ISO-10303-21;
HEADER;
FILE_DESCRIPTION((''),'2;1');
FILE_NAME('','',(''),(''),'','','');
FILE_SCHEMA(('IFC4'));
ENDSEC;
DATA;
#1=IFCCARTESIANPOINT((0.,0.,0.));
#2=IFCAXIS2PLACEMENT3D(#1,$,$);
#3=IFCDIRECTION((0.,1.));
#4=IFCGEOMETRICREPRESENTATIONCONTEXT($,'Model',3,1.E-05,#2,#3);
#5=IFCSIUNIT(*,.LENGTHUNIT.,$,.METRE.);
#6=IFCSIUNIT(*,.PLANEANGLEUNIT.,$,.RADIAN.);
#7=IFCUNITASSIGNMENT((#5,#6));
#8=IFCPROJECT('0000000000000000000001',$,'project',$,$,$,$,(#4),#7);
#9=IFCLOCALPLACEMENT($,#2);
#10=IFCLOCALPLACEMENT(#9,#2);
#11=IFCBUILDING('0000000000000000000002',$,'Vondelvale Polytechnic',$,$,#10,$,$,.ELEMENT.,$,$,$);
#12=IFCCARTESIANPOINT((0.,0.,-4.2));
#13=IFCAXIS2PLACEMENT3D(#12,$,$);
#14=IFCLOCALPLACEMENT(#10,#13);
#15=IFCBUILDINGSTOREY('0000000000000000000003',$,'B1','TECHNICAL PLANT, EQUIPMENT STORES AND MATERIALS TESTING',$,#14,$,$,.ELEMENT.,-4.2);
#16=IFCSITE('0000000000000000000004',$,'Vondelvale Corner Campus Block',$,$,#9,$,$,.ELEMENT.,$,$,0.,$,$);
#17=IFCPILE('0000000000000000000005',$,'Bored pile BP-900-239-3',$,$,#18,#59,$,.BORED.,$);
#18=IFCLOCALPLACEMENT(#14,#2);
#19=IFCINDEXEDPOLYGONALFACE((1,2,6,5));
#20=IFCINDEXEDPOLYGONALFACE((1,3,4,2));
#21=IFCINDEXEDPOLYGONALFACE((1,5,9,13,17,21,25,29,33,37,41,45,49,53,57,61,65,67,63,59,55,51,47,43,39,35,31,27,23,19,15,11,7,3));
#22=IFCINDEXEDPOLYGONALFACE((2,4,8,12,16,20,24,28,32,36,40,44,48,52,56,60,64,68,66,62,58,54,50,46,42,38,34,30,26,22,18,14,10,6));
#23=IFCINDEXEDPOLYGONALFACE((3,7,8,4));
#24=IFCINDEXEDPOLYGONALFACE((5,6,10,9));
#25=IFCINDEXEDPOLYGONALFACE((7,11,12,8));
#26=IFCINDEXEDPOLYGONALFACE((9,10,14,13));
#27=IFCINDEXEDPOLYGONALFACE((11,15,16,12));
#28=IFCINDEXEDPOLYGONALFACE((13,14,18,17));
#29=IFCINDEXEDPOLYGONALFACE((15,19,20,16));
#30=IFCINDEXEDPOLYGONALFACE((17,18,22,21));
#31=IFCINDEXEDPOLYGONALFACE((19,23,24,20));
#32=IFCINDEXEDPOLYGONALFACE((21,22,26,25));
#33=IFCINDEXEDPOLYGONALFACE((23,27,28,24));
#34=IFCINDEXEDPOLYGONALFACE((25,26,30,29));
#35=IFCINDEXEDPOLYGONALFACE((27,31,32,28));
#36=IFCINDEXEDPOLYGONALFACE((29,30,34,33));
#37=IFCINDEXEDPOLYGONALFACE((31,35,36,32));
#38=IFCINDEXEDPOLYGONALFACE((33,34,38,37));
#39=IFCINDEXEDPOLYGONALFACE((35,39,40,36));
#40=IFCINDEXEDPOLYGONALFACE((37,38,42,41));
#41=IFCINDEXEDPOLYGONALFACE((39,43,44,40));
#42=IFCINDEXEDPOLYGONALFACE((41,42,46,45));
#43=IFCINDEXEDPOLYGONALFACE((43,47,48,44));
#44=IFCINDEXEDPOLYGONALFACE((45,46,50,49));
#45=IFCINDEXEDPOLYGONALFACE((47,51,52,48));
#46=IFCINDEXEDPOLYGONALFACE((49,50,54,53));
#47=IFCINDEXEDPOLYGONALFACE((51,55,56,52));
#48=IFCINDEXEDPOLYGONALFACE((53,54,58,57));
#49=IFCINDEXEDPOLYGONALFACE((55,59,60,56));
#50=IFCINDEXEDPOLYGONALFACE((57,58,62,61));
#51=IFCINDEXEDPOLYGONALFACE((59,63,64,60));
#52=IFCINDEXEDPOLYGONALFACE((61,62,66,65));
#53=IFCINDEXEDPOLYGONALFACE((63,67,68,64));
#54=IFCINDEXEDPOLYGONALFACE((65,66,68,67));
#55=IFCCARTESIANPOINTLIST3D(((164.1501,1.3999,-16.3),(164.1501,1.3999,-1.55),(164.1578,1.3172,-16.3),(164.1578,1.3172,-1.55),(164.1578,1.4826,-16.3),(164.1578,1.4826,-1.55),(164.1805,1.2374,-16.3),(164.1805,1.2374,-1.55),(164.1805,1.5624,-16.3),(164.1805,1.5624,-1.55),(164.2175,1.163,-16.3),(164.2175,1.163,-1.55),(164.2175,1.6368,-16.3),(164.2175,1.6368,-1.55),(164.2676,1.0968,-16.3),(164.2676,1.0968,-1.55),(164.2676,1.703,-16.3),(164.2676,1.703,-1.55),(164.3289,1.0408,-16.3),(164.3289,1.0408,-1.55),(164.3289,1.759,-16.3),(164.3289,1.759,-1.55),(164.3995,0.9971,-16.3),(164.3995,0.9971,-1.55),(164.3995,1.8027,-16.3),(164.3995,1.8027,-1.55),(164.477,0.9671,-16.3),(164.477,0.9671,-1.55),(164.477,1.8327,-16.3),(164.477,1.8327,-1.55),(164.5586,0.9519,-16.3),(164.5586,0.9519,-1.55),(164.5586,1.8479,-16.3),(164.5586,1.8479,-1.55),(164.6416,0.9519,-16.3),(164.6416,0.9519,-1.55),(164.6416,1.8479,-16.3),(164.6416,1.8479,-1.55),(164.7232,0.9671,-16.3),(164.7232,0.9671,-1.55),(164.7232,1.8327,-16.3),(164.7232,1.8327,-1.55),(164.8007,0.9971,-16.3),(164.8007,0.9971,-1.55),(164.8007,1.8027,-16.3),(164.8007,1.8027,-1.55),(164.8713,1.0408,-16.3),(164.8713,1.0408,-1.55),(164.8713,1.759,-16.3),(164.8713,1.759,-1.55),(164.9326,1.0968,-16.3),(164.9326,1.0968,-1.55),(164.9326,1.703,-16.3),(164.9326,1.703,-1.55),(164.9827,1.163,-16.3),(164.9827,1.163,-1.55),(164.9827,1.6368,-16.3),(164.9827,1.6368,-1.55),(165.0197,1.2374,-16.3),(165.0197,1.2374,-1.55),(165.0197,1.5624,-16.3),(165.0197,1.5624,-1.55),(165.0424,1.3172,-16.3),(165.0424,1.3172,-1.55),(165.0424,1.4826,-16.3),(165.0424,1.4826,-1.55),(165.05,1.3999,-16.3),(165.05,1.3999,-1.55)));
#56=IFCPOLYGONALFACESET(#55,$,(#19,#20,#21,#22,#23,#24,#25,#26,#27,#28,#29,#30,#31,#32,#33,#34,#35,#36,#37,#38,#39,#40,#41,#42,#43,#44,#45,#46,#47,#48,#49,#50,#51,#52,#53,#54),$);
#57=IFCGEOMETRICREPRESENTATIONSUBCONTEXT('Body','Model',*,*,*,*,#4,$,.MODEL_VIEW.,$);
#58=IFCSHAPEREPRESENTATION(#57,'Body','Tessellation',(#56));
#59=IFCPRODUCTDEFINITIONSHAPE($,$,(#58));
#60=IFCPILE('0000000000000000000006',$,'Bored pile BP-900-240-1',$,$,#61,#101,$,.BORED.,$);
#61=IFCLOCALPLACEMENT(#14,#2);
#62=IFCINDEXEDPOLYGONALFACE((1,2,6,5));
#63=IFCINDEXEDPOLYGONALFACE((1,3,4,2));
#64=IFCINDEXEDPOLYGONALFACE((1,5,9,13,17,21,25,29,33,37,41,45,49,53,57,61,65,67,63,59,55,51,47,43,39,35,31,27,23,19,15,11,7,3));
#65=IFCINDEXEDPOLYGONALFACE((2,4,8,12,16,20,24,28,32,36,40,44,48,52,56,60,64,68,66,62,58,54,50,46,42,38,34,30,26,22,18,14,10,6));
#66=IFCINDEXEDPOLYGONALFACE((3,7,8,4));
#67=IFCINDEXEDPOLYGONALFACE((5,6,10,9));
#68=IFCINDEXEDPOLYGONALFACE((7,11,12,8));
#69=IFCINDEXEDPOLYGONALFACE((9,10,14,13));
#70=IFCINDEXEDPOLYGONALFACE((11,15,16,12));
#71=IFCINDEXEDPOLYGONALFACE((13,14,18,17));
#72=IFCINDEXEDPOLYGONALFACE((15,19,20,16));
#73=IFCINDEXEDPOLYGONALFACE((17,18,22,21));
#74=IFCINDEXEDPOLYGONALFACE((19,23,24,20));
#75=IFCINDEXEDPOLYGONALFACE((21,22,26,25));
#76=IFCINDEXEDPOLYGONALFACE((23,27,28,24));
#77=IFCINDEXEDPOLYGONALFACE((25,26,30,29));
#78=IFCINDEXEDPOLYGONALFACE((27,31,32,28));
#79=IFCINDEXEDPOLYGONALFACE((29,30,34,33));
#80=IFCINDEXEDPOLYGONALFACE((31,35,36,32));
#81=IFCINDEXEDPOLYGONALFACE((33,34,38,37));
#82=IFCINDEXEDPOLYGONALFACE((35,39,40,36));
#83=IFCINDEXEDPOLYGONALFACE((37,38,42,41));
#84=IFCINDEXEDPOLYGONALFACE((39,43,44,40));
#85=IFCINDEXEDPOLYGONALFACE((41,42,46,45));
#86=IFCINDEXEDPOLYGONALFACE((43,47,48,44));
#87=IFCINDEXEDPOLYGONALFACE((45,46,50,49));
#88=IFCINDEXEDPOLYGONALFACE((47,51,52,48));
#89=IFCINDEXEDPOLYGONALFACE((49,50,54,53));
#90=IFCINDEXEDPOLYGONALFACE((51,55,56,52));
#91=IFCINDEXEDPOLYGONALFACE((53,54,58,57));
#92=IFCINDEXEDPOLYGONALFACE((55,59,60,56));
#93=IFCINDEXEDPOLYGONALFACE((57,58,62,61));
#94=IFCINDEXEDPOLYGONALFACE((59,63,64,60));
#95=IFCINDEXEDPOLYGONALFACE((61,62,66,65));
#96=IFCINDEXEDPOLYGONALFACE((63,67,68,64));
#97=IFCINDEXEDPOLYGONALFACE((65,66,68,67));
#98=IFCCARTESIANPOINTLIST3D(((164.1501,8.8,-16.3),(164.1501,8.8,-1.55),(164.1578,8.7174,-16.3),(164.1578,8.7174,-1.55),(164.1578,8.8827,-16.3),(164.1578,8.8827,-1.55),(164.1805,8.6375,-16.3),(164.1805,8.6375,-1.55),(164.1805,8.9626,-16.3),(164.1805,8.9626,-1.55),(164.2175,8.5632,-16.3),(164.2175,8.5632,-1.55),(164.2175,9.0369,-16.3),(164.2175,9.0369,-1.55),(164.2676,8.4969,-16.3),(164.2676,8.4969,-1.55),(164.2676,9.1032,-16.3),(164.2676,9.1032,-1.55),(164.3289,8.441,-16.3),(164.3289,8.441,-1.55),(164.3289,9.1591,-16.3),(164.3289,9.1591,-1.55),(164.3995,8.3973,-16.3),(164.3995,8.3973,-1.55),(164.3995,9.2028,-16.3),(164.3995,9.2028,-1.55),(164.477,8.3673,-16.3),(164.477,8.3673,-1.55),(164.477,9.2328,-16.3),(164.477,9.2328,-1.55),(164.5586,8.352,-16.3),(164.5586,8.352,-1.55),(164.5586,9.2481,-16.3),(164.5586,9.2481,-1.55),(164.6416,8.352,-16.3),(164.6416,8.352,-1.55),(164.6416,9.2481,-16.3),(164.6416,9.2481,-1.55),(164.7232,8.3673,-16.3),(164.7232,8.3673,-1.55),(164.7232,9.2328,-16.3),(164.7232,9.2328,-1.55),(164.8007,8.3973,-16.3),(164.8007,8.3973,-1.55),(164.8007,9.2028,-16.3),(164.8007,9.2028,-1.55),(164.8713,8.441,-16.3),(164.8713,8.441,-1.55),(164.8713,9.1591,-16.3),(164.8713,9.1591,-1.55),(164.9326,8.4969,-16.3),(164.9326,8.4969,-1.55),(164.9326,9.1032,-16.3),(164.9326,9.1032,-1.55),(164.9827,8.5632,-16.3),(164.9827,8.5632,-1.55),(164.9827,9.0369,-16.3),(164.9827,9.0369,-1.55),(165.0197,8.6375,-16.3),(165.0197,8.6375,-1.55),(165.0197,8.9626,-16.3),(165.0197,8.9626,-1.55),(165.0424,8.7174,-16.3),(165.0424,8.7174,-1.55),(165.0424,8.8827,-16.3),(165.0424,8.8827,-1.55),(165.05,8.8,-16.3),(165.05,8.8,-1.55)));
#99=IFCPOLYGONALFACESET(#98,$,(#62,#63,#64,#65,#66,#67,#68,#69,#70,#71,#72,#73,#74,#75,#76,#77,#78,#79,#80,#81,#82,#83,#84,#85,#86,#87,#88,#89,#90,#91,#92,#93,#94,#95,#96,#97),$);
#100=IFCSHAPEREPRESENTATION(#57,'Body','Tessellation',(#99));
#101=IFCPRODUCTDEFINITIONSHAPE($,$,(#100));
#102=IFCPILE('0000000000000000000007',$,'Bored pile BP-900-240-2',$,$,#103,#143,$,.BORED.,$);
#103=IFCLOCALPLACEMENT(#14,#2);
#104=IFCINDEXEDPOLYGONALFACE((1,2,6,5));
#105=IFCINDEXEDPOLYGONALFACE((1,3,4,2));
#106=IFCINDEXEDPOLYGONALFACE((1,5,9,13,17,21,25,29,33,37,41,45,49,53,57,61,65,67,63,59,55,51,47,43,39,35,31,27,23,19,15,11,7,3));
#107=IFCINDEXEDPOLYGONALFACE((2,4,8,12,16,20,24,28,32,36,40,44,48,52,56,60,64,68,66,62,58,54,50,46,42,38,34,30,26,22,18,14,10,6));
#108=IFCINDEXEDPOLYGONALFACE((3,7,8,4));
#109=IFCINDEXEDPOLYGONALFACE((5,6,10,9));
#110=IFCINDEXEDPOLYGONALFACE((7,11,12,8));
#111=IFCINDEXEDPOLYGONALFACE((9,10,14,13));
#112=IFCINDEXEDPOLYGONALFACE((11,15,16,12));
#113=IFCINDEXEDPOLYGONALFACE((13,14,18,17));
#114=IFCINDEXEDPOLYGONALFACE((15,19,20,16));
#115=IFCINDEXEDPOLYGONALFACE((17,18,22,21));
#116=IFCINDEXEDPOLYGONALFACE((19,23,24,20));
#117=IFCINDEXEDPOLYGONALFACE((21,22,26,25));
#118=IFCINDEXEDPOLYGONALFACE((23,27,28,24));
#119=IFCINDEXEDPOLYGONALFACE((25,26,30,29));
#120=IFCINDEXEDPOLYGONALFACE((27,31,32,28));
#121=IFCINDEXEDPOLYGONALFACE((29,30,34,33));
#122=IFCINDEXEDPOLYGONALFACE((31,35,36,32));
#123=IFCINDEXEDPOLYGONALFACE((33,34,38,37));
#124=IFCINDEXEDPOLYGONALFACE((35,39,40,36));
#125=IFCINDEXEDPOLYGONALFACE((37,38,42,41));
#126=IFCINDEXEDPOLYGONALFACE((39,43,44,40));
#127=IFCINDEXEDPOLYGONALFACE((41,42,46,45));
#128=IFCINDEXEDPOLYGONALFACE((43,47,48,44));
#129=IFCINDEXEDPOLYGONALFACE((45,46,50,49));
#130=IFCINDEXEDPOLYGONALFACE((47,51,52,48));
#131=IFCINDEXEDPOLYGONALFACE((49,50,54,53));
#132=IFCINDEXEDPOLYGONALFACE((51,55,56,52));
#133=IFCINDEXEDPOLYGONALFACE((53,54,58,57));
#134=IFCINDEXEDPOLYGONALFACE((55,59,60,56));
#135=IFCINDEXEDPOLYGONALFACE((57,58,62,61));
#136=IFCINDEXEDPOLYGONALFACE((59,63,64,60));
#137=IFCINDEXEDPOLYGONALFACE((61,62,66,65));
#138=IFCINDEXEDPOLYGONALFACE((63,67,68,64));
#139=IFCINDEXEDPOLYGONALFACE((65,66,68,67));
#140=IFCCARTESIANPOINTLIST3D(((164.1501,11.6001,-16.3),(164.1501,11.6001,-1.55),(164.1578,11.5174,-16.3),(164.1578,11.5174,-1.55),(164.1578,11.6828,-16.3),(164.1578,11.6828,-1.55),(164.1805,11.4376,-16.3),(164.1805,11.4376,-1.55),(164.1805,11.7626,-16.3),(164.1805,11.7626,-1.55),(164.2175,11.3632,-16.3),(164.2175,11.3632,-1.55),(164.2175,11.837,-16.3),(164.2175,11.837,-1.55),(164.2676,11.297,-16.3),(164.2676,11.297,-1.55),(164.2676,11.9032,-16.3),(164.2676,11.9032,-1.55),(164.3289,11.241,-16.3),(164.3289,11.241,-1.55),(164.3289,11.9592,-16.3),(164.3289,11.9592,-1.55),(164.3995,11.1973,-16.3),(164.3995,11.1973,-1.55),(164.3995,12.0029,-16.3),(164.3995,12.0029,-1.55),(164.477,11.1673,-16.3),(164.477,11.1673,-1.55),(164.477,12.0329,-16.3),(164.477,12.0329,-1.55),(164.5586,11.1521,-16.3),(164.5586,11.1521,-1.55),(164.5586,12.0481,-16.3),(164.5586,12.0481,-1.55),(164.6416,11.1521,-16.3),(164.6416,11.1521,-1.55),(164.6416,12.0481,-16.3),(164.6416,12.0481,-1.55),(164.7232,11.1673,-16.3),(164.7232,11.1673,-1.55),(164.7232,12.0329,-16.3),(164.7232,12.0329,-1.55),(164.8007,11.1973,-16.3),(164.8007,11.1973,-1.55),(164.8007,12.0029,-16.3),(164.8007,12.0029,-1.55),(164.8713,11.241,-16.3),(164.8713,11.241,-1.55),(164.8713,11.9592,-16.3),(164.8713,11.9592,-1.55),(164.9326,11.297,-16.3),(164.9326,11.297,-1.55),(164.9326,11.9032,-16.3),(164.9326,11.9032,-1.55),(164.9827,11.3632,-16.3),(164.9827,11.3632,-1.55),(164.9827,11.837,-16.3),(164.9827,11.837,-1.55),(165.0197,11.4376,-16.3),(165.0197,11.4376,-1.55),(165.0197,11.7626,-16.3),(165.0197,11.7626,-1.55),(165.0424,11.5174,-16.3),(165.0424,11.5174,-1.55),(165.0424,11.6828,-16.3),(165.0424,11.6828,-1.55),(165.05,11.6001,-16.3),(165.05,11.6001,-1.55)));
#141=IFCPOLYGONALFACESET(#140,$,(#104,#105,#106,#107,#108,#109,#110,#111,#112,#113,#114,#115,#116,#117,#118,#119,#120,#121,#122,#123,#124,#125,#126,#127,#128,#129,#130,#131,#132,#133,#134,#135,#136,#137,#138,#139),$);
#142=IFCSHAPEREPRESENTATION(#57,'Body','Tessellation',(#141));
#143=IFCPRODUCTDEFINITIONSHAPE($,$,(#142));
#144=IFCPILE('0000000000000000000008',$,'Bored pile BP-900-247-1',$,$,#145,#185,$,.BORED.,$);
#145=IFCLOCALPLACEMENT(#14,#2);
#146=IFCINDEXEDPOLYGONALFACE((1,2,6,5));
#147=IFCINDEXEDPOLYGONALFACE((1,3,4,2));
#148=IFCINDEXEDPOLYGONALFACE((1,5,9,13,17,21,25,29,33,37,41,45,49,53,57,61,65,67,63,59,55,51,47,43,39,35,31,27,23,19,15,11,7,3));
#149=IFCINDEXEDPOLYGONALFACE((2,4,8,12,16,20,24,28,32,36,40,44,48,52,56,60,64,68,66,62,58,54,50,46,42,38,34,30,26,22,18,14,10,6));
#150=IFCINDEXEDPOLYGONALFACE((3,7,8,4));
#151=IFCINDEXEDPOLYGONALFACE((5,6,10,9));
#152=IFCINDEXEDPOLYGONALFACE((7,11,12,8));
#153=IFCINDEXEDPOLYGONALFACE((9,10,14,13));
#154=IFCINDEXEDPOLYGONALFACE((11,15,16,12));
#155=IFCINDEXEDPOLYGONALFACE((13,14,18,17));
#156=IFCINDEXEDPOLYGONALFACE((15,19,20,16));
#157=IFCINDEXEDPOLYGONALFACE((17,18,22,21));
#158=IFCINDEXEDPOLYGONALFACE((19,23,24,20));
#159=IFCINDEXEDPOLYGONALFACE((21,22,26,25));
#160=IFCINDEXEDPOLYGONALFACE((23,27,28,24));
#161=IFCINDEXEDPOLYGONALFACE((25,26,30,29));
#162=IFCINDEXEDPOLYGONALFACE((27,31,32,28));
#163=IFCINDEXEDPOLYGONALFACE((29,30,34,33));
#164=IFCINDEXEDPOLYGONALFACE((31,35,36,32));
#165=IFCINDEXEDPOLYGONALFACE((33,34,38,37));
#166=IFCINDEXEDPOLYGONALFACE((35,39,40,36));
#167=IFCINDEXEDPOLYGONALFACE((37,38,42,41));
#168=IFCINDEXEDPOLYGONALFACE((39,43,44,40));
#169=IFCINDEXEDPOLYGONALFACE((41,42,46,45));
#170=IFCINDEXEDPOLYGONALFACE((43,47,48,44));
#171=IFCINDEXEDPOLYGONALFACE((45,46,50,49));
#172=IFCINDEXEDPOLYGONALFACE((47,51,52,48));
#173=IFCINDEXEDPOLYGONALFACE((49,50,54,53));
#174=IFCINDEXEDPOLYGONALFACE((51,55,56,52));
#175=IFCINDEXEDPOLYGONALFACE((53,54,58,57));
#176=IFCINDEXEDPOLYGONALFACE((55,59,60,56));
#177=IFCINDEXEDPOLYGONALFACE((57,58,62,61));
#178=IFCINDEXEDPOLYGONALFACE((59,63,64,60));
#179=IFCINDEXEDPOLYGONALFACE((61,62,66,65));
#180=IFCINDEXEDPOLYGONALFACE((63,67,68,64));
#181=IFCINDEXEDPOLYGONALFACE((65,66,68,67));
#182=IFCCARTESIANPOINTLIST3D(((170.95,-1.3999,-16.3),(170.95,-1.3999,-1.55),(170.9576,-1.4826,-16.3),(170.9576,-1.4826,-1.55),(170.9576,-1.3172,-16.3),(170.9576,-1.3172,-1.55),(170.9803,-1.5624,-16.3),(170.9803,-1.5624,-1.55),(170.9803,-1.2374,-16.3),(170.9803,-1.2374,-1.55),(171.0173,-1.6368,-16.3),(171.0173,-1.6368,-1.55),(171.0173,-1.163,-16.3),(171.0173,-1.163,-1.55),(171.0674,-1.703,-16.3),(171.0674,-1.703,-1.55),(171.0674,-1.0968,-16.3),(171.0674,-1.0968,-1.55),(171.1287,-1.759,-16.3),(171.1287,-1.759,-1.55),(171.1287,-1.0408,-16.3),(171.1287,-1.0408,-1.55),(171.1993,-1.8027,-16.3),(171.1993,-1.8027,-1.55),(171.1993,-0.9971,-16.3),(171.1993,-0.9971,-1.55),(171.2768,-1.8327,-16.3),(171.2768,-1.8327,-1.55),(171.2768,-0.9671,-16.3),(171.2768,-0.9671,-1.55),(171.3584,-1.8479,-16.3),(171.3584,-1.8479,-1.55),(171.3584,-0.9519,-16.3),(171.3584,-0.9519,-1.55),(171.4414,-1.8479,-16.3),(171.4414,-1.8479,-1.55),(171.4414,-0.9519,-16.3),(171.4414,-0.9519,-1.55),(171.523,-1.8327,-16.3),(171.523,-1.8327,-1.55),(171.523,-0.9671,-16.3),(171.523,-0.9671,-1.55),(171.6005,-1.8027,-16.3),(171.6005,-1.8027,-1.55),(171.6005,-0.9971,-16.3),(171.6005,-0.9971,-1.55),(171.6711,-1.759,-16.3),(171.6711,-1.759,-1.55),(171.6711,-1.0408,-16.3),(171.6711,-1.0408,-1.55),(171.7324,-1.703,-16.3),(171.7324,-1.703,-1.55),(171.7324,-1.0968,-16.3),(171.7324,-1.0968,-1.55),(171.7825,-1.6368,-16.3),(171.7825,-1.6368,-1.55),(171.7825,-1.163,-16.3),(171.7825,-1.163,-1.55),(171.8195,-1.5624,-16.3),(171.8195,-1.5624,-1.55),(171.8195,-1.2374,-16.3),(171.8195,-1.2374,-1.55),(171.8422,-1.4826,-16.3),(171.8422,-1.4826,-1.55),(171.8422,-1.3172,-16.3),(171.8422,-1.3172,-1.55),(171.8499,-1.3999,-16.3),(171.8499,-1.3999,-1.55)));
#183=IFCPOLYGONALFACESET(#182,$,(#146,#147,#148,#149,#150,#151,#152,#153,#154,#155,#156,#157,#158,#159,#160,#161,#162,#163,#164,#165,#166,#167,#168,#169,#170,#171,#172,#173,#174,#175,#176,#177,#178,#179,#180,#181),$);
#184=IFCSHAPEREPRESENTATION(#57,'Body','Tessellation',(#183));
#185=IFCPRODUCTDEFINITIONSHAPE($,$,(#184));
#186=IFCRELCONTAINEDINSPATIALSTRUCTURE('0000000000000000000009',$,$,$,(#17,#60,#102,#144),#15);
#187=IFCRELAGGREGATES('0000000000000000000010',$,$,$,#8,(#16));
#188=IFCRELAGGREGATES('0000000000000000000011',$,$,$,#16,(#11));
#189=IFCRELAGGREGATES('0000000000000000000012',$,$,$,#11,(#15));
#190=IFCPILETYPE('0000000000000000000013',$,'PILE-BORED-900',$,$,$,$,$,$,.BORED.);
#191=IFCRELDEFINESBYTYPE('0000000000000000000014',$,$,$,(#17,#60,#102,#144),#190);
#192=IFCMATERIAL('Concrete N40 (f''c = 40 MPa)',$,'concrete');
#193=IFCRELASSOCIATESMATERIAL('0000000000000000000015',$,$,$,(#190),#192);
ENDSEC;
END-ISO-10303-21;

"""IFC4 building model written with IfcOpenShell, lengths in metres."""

from ifc_helpers import new_model, si_unit, direction, frame, origin, origin_2d, place, context, subcontext, project, spatial, circle, extrude, material, material_profile, profile_set, type_object, element, save


model = new_model("IFC4")

# Units and contexts
model_context = context("Model", 3, precision=1e-05, world=origin(), true_north=direction((0.0, 1.0)))
body_context = subcontext(model_context, "Body", "Model", "MODEL_VIEW")
ifc_project = project(units=[si_unit("LENGTHUNIT", "METRE"), si_unit("PLANEANGLEUNIT", "RADIAN")], contexts=[model_context])

# Site, building, storey
site_placement = place(None, origin())
site = spatial("IfcSite", under=ifc_project, at=site_placement, Name="Vondelvale Corner Campus Block", CompositionType="ELEMENT", RefElevation=0.0)
building_placement = place(site_placement, origin())
building = spatial("IfcBuilding", under=site, at=building_placement, Name="Vondelvale Polytechnic", CompositionType="ELEMENT")
storey_placement = place(building_placement, frame((0.0, 0.0, -4.2)))
storey = spatial("IfcBuildingStorey", under=building, at=storey_placement, Name="B1", Description="TECHNICAL PLANT, EQUIPMENT STORES AND MATERIALS TESTING", CompositionType="ELEMENT", Elevation=-4.2)

# Shared definitions
ifc_material_1 = material(Name="Concrete N40 (f'c = 40 MPa)", Category="concrete")

# Piles
ifc_material_profile_1 = material_profile(ifc_material_1, circle(Radius=0.45, at=origin_2d()), Name="PILE-D900")
ifc_profile_set_1 = profile_set([ifc_material_profile_1], Name="Concrete N40 (f'c = 40 MPa)")
pile_type_1 = type_object("IfcPileType", Name="PILE-BORED-900", PredefinedType="BORED", material=ifc_profile_set_1)
for number, where, z_axis, x_axis, name in (
    (1, (164.6001, 1.3999, -1.55), (0.0, 0.0, -1.0), (1.0, 0.0, 0.0), "Bored pile BP-900-239-3"),
    (2, (164.6001, 8.8, -1.55), (0.0, 0.0, -1.0), (1.0, 0.0, 0.0), "Bored pile BP-900-240-1"),
    (3, (164.6001, 11.6001, -1.55), (0.0, 0.0, -1.0), (1.0, 0.0, 0.0), "Bored pile BP-900-240-2"),
    (4, (171.3999, -1.3999, -1.55), (0.0, 0.0, -1.0), (1.0, 0.0, 0.0), "Bored pile BP-900-247-1"),
):
    element("IfcPile", number, at=place(storey_placement, frame(where, z_axis=z_axis, x_axis=x_axis)), inside=storey, type_object=pile_type_1, Name=name, PredefinedType="BORED", context=body_context, shape_type="SweptSolid", body=[
        extrude(circle(Radius=0.45, at=origin_2d()), origin(), (0.0, 0.0, 1.0), 14.75),
    ])

save(model, "model.ifc")
